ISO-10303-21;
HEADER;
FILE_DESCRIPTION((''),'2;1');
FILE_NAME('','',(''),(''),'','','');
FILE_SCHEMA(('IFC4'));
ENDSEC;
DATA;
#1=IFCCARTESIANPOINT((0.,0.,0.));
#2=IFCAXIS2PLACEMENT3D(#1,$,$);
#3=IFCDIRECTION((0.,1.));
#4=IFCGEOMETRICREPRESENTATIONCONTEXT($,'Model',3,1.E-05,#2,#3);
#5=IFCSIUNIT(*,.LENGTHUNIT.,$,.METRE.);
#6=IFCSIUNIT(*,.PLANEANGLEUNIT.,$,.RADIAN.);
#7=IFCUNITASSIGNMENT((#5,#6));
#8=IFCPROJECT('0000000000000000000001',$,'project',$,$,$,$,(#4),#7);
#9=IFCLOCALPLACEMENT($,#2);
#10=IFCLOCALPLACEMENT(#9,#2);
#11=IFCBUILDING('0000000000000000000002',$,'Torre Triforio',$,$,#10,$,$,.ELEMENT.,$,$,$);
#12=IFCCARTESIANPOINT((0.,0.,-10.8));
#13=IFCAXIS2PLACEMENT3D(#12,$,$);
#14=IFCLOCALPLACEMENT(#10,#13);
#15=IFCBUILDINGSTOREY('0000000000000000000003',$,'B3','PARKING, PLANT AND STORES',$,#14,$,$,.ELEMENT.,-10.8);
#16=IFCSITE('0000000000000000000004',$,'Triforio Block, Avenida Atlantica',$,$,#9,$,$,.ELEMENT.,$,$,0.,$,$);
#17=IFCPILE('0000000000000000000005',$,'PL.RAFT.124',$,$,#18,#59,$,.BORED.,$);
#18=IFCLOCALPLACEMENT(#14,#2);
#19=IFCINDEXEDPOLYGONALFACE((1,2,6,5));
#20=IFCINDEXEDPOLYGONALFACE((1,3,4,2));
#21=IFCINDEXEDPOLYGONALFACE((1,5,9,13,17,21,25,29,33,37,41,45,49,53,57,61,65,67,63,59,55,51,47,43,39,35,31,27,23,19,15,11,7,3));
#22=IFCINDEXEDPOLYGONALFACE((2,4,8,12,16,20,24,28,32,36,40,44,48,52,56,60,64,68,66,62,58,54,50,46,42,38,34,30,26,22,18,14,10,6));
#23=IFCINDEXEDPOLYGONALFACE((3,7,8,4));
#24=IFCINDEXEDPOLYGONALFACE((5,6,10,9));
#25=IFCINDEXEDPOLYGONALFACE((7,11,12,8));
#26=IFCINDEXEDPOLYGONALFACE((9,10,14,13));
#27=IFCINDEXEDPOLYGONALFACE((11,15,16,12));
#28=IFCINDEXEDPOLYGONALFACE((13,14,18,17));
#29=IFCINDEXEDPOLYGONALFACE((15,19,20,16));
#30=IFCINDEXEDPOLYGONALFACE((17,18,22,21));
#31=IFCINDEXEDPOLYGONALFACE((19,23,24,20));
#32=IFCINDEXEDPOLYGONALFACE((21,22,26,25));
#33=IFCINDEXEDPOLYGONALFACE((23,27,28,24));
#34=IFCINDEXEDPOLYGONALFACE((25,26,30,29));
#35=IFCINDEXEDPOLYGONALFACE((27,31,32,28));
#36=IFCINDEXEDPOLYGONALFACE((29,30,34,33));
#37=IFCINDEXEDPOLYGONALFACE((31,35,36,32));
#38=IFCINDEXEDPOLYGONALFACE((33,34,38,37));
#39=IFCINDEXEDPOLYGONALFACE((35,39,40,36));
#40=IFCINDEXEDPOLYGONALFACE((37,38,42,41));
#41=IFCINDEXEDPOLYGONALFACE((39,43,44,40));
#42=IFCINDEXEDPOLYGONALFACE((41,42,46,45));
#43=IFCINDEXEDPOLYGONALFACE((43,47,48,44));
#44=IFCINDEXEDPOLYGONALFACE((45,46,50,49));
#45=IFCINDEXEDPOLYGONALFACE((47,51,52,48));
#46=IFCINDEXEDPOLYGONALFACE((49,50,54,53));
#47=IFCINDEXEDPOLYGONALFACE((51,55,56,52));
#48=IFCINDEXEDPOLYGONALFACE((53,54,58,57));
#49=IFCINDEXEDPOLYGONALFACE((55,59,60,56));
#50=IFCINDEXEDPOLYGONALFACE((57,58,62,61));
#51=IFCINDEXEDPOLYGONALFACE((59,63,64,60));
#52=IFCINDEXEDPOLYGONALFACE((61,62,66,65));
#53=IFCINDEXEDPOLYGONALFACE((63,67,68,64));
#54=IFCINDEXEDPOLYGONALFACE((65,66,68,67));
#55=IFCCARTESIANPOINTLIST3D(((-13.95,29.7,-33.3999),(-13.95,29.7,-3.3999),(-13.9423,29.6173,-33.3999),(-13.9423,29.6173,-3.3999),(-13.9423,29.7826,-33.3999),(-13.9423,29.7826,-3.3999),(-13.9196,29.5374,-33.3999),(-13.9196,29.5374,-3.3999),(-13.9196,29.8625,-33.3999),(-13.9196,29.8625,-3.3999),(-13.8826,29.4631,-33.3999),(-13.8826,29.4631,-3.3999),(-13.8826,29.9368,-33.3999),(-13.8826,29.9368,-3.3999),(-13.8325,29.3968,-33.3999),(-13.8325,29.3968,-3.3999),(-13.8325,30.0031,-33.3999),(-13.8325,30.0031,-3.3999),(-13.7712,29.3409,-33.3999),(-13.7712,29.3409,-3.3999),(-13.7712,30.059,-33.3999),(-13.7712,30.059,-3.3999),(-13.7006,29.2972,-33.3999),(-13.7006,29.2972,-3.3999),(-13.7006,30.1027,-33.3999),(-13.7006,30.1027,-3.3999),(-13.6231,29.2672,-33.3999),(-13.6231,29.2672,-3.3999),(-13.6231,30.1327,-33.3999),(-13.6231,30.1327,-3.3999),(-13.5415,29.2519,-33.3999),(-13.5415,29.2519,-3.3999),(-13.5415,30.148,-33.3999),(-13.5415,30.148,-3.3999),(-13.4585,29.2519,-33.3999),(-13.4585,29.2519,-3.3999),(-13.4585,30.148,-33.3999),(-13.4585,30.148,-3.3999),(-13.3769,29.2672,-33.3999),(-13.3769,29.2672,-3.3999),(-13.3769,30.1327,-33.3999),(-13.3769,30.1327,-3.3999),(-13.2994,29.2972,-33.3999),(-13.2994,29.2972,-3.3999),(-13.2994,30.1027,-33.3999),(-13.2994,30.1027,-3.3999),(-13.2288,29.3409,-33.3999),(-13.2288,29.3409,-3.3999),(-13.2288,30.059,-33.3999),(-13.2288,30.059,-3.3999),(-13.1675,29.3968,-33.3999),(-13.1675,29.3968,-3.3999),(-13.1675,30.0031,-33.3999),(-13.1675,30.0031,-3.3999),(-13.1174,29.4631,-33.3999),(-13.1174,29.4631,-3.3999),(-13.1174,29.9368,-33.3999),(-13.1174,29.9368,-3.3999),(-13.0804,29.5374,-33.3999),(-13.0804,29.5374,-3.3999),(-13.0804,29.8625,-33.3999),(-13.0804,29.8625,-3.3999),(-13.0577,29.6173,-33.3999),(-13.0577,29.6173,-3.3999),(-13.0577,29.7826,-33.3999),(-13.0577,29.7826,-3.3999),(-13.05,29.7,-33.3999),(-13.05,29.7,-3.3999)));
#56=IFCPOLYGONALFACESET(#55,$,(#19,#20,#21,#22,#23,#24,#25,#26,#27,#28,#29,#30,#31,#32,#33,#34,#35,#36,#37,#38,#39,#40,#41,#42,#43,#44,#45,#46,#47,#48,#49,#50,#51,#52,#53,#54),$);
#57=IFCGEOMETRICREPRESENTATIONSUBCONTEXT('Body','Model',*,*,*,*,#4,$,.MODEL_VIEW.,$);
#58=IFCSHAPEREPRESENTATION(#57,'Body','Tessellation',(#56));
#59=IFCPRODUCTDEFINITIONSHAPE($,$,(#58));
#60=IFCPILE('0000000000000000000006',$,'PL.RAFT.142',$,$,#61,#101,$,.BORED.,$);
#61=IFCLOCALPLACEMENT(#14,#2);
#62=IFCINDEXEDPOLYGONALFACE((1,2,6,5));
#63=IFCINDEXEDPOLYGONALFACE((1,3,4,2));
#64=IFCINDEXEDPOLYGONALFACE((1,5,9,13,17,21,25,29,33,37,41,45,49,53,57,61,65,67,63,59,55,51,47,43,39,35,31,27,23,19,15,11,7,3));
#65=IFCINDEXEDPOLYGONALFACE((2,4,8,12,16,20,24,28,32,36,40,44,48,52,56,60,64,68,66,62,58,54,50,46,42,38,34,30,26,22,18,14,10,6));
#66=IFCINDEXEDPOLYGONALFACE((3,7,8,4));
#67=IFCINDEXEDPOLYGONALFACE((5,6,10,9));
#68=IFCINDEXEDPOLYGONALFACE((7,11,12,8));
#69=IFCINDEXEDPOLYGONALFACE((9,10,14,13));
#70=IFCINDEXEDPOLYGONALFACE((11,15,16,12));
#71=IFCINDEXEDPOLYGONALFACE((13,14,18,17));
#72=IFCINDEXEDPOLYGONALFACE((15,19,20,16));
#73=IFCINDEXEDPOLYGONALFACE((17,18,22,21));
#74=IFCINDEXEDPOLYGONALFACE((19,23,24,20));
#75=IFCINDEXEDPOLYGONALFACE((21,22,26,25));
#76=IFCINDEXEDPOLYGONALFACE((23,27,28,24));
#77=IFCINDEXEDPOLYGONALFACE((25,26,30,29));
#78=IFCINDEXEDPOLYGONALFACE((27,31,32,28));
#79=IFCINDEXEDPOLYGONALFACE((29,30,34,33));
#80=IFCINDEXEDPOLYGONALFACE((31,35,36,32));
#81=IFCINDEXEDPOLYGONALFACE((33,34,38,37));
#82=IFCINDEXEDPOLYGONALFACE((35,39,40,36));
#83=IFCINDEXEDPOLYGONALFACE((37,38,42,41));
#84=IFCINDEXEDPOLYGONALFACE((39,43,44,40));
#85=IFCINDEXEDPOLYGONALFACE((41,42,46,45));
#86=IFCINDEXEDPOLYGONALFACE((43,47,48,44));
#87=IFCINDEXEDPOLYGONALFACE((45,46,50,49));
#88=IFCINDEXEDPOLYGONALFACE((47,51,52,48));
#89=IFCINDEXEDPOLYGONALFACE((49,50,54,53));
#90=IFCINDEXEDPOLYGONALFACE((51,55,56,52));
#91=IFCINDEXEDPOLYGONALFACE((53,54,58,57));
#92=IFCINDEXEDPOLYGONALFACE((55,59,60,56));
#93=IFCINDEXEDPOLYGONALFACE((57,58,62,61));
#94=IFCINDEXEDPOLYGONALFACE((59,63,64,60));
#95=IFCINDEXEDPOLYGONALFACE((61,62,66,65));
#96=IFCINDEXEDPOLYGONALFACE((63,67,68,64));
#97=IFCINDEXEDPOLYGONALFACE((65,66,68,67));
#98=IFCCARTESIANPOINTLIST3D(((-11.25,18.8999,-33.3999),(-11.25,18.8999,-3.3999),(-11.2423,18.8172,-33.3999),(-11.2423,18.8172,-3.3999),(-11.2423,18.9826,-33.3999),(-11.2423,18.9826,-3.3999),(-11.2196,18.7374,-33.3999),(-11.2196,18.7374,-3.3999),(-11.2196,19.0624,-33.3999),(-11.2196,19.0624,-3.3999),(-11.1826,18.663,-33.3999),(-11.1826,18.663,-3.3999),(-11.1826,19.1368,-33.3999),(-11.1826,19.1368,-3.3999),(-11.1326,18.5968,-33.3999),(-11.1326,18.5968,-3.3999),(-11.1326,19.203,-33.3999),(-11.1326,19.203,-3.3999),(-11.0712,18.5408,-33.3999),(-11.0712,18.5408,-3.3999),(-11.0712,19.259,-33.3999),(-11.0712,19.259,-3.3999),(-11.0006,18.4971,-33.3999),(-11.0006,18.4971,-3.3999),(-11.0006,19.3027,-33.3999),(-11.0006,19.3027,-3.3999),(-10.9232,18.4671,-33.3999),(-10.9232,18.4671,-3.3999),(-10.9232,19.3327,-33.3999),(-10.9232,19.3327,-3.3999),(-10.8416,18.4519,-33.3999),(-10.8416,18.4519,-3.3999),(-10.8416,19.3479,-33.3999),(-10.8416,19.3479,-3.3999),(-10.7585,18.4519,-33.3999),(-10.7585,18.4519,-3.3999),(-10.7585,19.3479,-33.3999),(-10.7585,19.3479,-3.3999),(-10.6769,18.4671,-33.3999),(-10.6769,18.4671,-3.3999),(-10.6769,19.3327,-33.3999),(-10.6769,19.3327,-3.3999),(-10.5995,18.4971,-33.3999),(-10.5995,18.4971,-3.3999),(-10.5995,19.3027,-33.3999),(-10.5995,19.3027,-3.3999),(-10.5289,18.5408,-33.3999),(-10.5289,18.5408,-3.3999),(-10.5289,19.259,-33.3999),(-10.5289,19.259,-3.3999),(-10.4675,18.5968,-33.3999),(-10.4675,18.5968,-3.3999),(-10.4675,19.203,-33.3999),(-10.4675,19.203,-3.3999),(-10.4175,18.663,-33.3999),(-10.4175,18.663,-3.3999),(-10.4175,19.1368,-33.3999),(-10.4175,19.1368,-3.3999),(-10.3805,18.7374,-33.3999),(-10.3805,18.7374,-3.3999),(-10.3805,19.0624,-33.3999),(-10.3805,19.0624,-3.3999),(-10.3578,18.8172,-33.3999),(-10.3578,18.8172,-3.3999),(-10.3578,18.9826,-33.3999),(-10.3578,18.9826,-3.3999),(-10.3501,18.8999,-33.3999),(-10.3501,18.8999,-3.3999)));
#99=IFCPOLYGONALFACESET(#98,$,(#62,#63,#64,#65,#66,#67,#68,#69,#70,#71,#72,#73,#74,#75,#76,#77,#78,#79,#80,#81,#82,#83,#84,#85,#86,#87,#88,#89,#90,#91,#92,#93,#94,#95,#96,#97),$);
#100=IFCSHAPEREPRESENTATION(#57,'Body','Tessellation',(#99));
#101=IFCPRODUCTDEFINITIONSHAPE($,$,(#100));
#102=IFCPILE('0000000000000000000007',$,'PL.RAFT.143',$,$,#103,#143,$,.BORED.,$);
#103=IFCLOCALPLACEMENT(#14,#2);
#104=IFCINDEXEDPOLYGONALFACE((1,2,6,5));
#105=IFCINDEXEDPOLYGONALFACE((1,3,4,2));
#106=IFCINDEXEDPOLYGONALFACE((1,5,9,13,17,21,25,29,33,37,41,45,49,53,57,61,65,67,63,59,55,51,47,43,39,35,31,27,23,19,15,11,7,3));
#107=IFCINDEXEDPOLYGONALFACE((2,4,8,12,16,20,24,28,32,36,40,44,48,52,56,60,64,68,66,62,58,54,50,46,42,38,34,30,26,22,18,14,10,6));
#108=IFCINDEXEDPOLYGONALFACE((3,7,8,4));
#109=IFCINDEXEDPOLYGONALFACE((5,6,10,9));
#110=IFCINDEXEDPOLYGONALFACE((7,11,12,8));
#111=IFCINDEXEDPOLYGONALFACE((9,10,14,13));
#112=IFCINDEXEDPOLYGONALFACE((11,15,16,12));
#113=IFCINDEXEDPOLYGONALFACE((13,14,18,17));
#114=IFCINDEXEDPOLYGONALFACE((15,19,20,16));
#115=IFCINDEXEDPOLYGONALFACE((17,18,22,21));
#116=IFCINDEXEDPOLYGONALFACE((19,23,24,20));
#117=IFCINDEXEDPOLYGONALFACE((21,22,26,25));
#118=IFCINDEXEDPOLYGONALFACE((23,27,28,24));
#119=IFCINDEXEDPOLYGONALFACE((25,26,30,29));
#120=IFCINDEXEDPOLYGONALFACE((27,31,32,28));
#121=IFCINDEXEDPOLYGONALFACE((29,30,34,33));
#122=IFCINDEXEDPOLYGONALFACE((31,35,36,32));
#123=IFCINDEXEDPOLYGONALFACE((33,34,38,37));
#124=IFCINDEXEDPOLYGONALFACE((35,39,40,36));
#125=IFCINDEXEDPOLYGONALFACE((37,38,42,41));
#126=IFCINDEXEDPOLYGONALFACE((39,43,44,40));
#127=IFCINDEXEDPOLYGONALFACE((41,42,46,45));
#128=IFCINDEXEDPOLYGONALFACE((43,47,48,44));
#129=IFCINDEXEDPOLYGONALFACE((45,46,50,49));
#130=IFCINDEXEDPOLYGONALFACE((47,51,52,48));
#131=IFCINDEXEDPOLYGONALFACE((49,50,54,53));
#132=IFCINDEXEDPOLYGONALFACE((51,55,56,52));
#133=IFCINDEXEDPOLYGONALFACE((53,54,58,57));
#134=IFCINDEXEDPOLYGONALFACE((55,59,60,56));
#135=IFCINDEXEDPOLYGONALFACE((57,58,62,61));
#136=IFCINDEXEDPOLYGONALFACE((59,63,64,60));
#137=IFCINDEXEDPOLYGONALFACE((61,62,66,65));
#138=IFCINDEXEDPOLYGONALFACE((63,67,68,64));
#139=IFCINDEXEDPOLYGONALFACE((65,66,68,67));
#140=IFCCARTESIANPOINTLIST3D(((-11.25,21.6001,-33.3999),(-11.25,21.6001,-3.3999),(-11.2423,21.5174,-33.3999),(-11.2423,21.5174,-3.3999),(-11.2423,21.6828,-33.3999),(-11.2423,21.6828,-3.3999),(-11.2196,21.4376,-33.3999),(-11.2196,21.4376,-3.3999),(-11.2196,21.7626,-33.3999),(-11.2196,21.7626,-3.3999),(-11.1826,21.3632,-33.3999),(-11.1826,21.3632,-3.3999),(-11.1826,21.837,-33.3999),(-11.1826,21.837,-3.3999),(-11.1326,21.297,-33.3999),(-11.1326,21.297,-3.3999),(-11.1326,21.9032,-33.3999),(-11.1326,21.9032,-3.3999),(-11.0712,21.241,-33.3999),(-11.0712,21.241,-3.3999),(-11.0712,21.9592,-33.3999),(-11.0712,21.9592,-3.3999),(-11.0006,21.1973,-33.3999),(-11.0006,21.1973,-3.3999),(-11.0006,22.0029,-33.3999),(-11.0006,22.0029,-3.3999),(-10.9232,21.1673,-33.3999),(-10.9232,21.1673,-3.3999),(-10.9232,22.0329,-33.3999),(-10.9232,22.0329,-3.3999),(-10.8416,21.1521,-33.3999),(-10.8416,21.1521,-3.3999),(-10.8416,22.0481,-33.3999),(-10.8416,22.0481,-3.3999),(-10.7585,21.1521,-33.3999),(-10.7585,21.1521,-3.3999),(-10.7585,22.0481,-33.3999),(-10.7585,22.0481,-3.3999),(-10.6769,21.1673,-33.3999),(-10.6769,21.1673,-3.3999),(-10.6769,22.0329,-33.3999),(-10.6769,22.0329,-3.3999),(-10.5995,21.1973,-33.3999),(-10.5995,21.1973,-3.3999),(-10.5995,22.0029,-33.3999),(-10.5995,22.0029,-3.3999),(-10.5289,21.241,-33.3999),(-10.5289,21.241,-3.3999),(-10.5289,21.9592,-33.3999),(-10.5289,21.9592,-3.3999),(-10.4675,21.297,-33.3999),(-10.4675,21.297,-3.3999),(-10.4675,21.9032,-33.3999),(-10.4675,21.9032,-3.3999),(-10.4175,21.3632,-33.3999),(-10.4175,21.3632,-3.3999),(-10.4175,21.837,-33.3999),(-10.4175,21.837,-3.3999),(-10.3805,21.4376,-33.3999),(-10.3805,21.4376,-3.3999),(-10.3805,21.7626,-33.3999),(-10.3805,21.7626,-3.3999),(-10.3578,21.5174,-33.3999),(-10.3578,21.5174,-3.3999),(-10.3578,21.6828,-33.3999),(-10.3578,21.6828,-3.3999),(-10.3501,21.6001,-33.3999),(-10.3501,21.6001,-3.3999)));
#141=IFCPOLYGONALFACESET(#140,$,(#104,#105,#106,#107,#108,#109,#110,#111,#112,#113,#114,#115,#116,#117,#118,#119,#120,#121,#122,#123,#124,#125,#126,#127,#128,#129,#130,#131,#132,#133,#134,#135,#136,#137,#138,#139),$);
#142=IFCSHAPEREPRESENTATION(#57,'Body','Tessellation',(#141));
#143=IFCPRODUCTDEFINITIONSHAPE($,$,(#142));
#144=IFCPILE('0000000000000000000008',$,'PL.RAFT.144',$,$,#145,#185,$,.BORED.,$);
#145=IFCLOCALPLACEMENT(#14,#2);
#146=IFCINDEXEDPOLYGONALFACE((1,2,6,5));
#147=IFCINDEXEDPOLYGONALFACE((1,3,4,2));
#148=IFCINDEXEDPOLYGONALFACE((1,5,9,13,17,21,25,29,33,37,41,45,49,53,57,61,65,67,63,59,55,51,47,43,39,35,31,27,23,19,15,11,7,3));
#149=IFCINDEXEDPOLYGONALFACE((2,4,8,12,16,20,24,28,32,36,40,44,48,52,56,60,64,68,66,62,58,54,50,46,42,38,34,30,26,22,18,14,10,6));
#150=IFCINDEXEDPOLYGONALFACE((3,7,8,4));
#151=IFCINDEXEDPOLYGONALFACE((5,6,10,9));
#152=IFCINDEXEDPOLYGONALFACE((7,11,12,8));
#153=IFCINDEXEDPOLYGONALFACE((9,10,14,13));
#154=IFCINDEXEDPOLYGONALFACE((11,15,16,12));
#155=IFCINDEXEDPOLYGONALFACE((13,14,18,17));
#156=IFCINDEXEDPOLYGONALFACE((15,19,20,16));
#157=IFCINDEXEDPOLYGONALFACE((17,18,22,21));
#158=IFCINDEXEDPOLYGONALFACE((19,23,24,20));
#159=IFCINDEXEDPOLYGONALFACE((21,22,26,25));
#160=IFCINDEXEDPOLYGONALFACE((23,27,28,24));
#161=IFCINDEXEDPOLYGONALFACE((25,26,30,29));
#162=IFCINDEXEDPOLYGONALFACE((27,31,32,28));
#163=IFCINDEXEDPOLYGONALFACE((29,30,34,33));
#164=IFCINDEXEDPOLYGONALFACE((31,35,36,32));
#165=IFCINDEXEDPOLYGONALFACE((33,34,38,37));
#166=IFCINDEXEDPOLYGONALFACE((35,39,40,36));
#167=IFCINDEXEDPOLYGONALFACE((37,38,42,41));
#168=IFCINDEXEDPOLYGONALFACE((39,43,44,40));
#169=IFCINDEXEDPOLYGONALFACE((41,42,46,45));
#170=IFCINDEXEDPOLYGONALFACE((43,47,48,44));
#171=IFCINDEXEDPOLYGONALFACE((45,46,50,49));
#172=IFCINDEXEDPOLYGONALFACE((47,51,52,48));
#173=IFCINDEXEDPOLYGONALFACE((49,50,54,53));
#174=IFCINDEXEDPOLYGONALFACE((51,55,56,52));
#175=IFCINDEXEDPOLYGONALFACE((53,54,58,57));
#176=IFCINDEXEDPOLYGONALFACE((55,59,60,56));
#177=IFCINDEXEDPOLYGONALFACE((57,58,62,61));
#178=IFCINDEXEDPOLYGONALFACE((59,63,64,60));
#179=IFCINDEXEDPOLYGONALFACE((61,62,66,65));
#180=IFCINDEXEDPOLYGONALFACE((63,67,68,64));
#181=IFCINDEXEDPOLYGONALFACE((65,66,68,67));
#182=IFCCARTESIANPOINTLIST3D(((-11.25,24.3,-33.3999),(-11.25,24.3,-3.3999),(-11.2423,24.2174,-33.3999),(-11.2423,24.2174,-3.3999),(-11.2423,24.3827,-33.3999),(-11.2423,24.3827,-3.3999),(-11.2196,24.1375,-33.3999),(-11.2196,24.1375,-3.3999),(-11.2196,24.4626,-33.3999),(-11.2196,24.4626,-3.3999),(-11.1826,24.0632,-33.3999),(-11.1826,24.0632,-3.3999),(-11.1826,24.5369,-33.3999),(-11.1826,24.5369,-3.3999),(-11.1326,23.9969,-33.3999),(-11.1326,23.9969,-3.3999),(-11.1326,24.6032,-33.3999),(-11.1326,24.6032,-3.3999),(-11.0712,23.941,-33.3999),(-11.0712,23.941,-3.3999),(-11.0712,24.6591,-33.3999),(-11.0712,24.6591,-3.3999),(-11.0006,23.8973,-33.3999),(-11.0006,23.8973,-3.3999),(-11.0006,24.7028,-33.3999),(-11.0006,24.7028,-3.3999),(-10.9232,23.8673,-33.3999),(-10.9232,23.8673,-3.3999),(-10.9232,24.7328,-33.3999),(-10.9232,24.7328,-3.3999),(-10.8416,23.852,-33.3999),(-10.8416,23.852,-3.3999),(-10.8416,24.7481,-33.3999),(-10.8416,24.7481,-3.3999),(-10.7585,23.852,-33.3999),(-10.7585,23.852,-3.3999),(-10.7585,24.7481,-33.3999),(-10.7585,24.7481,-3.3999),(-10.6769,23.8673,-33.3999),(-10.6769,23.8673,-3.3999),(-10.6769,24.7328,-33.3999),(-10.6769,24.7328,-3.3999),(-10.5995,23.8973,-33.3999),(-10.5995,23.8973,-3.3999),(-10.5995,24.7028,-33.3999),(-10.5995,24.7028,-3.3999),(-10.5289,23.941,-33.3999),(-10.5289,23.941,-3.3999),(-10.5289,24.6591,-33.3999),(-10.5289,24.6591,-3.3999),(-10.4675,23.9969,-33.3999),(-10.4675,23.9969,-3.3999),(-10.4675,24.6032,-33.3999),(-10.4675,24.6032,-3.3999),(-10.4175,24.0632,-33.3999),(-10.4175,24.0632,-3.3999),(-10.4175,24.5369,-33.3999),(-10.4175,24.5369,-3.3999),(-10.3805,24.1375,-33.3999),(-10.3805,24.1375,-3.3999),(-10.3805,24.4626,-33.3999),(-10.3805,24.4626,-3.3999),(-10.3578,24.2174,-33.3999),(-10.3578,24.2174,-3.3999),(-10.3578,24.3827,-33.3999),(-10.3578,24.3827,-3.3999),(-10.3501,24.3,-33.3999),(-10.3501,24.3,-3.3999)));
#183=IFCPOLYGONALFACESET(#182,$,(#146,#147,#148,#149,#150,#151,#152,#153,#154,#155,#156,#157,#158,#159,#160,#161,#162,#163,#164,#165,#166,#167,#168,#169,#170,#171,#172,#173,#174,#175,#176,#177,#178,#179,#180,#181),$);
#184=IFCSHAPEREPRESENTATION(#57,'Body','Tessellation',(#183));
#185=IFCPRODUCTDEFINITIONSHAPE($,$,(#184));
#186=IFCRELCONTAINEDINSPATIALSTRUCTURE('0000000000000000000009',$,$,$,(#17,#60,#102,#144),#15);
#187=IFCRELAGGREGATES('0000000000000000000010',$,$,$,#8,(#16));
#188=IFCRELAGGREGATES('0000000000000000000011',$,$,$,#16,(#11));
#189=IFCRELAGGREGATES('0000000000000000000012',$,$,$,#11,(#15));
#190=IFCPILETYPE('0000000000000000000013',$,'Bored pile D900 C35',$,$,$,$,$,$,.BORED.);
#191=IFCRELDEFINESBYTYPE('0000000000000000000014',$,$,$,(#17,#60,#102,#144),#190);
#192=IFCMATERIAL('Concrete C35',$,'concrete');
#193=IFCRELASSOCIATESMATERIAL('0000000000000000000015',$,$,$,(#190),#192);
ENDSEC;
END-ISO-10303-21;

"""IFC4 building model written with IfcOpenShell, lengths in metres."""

from ifc_helpers import new_model, si_unit, direction, frame, origin, origin_2d, place, context, subcontext, project, spatial, circle, extrude, material, material_profile, profile_set, type_object, element, save


model = new_model("IFC4")

# Units and contexts
model_context = context("Model", 3, precision=1e-05, world=origin(), true_north=direction((0.0, 1.0)))
body_context = subcontext(model_context, "Body", "Model", "MODEL_VIEW")
ifc_project = project(units=[si_unit("LENGTHUNIT", "METRE"), si_unit("PLANEANGLEUNIT", "RADIAN")], contexts=[model_context])

# Site, building, storey
site_placement = place(None, origin())
site = spatial("IfcSite", under=ifc_project, at=site_placement, Name="Triforio Block, Avenida Atlantica", CompositionType="ELEMENT", RefElevation=0.0)
building_placement = place(site_placement, origin())
building = spatial("IfcBuilding", under=site, at=building_placement, Name="Torre Triforio", CompositionType="ELEMENT")
storey_placement = place(building_placement, frame((0.0, 0.0, -10.8)))
storey = spatial("IfcBuildingStorey", under=building, at=storey_placement, Name="B3", Description="PARKING, PLANT AND STORES", CompositionType="ELEMENT", Elevation=-10.8)

# Piles
ifc_material_1 = material(Name="Concrete C35", Category="concrete")
ifc_material_profile_1 = material_profile(ifc_material_1, circle(Radius=0.45, at=origin_2d()), Name="RC D900")
ifc_profile_set_1 = profile_set([ifc_material_profile_1], Name="Concrete C35")
pile_type = type_object("IfcPileType", Name="Bored pile D900 C35", PredefinedType="BORED", material=ifc_profile_set_1)
for number, where, z_axis, x_axis, name in (
    (1, (-13.5, 29.7, -3.3999), (0.0, 0.0, -1.0), (1.0, 0.0, 0.0), "PL.RAFT.124"),
    (2, (-10.8, 18.8999, -3.3999), (0.0, 0.0, -1.0), (1.0, 0.0, 0.0), "PL.RAFT.142"),
    (3, (-10.8, 21.6001, -3.3999), (0.0, 0.0, -1.0), (1.0, 0.0, 0.0), "PL.RAFT.143"),
    (4, (-10.8, 24.3, -3.3999), (0.0, 0.0, -1.0), (1.0, 0.0, 0.0), "PL.RAFT.144"),
):
    element("IfcPile", number, at=place(storey_placement, frame(where, z_axis=z_axis, x_axis=x_axis)), inside=storey, type_object=pile_type, Name=name, PredefinedType="BORED", context=body_context, shape_type="SweptSolid", body=[
        extrude(circle(Radius=0.45, at=origin_2d()), origin(), (0.0, 0.0, 1.0), 30.0),
    ])

save(model, "model.ifc")
